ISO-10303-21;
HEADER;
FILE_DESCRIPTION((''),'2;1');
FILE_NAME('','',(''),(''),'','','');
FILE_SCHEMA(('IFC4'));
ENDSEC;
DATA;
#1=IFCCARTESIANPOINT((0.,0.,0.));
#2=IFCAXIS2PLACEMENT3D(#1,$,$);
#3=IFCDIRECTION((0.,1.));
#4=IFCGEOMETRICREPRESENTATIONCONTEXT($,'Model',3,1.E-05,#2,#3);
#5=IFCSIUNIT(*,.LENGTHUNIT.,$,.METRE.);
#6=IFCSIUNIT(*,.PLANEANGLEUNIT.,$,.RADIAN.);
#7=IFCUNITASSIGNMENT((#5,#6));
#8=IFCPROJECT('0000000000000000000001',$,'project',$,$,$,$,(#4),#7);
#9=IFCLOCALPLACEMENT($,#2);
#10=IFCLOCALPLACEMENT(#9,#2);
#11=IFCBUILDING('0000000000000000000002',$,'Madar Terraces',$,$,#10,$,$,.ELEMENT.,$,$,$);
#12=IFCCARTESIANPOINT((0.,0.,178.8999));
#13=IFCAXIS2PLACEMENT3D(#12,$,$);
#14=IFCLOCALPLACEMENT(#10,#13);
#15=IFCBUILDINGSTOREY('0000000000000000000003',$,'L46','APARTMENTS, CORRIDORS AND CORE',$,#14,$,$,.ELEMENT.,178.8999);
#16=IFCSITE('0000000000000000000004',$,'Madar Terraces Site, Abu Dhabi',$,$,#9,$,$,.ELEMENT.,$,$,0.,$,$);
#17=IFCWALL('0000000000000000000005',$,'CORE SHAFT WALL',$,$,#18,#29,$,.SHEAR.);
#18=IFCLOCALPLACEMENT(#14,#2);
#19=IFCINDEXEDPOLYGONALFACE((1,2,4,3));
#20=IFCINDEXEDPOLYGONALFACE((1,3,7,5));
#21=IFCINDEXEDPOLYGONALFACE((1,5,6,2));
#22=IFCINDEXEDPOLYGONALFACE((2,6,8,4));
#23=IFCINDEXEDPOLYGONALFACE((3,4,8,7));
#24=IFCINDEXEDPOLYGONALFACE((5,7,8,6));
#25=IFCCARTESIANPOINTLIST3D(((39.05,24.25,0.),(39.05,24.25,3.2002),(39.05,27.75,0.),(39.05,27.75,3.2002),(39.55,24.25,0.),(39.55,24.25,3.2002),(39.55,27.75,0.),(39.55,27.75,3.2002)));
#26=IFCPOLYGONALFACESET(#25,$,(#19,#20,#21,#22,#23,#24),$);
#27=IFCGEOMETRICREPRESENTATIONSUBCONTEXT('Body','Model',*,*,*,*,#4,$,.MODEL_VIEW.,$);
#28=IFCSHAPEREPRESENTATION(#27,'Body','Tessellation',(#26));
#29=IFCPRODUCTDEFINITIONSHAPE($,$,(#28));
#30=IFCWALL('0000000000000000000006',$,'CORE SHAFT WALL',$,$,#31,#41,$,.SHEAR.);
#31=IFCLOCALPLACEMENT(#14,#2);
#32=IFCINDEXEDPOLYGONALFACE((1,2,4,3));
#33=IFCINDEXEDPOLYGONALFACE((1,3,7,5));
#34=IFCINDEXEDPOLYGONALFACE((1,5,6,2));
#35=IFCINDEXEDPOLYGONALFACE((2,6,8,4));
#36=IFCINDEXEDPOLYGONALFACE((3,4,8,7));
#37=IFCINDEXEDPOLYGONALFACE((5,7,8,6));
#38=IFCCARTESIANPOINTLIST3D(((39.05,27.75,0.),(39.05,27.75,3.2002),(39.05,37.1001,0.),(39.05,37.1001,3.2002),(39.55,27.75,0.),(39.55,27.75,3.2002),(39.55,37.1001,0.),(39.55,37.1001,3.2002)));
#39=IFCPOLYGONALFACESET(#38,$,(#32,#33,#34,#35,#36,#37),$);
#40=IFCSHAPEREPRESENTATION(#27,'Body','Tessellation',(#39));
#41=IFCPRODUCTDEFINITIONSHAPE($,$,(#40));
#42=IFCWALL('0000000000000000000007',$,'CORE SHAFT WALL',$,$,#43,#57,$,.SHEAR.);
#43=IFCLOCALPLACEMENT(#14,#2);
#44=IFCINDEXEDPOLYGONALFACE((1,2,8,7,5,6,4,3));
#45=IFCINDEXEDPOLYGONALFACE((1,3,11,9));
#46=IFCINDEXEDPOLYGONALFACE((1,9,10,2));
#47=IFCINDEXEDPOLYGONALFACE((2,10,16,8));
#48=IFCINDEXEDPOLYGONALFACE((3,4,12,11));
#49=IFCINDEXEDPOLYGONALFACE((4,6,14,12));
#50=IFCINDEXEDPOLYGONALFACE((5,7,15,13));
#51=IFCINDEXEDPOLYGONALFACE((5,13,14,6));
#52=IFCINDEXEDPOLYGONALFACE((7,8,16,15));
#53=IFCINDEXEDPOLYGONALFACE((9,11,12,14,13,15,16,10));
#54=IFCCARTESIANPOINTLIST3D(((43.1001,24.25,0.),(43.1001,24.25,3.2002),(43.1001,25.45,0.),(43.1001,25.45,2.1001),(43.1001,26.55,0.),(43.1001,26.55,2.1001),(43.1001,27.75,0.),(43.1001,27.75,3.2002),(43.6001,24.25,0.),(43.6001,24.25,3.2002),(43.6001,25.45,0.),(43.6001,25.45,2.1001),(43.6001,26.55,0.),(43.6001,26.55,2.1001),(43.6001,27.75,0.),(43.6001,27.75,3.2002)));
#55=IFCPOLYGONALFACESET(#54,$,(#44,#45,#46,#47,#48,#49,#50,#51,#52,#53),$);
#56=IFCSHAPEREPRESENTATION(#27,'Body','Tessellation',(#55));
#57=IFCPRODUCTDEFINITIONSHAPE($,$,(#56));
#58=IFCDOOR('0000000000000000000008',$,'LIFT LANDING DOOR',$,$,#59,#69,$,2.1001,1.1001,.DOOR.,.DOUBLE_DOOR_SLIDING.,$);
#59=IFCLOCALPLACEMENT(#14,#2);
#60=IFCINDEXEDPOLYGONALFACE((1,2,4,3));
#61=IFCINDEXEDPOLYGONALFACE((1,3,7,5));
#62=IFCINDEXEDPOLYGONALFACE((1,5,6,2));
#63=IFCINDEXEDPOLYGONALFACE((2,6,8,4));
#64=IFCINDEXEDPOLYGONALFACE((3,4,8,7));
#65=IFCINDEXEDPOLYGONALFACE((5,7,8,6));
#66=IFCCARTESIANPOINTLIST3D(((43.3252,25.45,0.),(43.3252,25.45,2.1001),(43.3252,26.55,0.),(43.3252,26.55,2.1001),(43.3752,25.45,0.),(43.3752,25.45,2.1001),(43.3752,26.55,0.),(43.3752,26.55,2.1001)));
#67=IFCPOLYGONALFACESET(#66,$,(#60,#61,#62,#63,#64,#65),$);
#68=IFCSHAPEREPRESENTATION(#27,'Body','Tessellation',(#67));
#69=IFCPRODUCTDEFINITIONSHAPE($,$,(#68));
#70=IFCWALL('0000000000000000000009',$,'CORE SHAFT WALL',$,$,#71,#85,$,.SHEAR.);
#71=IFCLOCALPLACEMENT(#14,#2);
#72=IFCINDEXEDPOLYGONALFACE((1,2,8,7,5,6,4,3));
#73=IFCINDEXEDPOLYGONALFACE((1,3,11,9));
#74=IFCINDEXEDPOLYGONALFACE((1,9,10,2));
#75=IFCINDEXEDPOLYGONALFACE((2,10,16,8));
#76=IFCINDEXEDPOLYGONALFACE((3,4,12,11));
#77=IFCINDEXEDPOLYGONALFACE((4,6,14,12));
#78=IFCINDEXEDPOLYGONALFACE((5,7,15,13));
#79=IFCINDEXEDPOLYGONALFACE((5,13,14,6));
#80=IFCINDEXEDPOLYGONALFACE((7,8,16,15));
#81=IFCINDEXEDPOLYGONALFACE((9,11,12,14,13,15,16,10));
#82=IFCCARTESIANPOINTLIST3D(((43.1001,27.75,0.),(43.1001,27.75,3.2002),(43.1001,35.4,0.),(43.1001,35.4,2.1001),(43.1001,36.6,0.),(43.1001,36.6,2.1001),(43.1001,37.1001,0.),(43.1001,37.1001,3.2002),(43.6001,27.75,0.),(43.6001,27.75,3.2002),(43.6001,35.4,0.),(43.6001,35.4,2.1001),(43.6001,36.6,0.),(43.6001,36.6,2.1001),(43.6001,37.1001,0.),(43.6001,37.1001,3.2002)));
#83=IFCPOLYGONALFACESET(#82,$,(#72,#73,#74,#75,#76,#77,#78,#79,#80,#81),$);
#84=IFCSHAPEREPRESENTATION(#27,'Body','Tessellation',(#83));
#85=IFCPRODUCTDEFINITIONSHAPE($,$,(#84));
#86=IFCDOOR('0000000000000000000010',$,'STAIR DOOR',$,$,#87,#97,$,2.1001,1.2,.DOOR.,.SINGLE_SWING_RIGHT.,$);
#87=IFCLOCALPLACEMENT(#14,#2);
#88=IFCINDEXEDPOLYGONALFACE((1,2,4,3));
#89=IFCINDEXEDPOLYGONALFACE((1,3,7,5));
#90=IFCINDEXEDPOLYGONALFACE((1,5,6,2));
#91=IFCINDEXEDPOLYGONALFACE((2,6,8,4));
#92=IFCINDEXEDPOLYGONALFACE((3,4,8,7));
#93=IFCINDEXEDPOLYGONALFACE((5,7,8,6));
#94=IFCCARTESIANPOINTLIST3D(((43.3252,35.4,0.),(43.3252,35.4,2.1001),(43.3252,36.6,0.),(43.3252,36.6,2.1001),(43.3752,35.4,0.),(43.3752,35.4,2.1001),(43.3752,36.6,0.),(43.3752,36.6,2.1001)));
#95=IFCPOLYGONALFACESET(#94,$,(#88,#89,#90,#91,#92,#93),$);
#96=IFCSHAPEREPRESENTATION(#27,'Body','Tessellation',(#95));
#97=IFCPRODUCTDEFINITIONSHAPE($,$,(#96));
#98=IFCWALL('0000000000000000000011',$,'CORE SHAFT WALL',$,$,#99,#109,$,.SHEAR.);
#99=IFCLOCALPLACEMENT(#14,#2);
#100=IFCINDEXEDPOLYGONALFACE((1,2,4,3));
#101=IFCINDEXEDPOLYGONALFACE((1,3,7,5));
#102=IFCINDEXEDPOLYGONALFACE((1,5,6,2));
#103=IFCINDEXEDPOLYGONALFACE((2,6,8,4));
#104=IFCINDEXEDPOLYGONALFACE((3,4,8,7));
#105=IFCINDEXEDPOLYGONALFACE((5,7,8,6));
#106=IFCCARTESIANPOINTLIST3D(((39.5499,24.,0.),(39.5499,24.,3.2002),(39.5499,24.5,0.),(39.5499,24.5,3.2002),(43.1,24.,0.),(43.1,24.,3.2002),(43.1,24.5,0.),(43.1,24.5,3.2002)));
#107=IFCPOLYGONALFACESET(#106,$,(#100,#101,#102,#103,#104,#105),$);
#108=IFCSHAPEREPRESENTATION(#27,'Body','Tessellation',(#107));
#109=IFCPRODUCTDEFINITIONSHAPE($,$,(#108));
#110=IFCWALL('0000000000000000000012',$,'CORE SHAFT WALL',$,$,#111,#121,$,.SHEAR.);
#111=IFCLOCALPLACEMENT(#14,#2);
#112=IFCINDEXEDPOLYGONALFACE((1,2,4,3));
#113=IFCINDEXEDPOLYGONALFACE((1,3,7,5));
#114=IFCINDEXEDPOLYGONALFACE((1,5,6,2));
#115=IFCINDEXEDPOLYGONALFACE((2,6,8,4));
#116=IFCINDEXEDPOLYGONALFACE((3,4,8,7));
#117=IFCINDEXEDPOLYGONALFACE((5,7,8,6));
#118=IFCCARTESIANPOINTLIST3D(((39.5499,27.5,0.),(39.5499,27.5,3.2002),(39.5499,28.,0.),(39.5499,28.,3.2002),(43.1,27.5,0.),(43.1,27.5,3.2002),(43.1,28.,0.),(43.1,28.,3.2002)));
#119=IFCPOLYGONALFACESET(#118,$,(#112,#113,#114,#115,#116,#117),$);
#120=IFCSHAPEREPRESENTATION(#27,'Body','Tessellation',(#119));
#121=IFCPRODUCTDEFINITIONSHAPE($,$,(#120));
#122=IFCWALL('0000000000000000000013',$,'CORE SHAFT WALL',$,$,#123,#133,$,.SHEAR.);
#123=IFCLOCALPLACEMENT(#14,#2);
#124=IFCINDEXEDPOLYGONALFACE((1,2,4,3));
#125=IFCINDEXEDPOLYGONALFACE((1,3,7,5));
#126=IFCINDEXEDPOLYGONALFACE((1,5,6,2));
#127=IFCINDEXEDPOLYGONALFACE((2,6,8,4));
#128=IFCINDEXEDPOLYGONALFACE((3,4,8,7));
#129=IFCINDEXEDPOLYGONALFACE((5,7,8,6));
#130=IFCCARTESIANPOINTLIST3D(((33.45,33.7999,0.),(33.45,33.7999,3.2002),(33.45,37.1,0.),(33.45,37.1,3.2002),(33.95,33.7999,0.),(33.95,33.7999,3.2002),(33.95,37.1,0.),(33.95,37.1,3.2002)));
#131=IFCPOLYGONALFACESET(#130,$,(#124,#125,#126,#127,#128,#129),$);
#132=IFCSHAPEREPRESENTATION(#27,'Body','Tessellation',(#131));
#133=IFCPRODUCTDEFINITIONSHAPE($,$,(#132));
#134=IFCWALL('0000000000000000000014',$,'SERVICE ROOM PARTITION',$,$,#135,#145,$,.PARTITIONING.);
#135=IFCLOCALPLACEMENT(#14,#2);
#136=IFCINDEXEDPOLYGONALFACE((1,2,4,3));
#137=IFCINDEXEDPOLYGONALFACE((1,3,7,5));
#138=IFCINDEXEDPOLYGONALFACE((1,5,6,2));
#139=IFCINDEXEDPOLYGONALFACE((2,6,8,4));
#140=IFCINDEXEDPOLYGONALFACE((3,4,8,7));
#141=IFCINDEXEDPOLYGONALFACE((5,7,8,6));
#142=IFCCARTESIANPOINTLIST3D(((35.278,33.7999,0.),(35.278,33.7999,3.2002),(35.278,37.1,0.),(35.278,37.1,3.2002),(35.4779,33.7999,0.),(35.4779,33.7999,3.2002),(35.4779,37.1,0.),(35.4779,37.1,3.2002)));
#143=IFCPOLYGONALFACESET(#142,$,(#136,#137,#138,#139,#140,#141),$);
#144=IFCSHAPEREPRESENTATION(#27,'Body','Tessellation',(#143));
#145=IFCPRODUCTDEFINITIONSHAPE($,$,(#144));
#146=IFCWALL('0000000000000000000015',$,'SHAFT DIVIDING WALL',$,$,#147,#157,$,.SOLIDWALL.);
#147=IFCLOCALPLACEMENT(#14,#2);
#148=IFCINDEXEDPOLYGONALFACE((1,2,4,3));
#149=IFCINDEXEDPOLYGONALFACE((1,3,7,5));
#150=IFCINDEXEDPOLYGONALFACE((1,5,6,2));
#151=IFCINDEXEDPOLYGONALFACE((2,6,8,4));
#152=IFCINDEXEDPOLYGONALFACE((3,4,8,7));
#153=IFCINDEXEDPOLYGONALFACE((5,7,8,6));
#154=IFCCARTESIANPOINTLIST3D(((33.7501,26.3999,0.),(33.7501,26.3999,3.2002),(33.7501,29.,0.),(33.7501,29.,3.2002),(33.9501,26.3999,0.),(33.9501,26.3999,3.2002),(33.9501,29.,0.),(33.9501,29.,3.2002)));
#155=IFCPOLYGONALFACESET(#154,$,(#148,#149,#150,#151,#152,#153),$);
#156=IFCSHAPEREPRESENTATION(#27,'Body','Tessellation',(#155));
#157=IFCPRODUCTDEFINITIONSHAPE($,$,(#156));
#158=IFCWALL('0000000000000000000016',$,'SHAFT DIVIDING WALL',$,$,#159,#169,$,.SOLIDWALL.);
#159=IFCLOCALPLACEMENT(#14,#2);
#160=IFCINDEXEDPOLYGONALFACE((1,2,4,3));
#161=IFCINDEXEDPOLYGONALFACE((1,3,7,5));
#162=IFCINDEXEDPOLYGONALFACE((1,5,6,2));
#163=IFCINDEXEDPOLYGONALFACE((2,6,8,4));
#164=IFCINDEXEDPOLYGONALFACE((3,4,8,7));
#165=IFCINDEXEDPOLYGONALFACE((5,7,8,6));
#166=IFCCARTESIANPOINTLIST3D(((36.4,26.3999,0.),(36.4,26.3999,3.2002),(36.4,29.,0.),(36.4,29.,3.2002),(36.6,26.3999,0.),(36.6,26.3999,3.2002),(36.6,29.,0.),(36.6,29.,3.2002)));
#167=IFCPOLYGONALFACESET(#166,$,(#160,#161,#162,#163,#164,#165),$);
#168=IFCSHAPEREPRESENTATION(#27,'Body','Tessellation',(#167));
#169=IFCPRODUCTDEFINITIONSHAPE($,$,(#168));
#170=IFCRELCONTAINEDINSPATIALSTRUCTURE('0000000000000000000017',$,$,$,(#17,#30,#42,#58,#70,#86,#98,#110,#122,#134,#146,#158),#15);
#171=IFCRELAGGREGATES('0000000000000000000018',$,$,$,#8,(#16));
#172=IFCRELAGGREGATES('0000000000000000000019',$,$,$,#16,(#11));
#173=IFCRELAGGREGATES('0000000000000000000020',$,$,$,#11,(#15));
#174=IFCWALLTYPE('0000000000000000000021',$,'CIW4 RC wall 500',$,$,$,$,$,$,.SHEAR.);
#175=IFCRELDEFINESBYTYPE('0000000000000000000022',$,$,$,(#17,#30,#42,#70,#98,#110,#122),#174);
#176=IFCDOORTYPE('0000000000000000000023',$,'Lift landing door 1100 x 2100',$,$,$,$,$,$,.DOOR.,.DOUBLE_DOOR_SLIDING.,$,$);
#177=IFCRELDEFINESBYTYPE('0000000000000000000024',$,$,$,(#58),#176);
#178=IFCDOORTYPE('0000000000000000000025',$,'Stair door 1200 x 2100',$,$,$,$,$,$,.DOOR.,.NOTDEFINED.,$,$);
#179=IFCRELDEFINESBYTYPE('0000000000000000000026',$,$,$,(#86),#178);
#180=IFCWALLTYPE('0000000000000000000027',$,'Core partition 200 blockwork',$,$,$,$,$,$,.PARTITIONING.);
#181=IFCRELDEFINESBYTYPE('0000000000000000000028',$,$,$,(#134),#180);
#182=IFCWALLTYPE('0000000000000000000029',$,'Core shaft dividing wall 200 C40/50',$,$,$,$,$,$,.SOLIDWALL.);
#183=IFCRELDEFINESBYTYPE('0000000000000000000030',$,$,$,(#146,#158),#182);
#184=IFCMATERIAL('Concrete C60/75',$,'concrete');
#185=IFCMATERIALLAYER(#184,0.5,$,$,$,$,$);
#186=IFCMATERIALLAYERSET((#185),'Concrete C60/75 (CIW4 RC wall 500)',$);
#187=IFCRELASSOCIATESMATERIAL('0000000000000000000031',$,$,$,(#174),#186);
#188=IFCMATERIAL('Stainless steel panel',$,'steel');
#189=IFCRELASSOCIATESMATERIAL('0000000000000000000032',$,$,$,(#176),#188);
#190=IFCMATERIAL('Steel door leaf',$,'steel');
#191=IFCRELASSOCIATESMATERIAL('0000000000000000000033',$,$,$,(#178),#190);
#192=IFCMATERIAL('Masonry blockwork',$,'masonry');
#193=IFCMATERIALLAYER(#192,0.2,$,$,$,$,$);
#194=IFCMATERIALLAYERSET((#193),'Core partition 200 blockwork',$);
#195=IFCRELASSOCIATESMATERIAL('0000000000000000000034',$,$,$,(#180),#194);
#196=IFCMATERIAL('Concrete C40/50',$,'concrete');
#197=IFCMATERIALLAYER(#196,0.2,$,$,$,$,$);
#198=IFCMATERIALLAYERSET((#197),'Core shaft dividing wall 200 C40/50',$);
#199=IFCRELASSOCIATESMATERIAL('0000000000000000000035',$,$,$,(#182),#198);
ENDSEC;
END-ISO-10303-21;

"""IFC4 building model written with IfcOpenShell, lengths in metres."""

from ifc_helpers import new_model, si_unit, direction, frame, frame_2d, origin, place, context, subcontext, project, spatial, rectangle, extrude, material, layer, layer_set, type_object, element, fill, save


model = new_model("IFC4")

# Units and contexts
model_context = context("Model", 3, precision=1e-05, world=origin(), true_north=direction((0.0, 1.0)))
body_context = subcontext(model_context, "Body", "Model", "MODEL_VIEW")
ifc_project = project(units=[si_unit("LENGTHUNIT", "METRE"), si_unit("PLANEANGLEUNIT", "RADIAN")], contexts=[model_context])

# Site, building, storey
site_placement = place(None, origin())
site = spatial("IfcSite", under=ifc_project, at=site_placement, Name="Madar Terraces Site, Abu Dhabi", CompositionType="ELEMENT", RefElevation=0.0)
building_placement = place(site_placement, origin())
building = spatial("IfcBuilding", under=site, at=building_placement, Name="Madar Terraces", CompositionType="ELEMENT")
storey_placement = place(building_placement, frame((0.0, 0.0, 178.8999)))
storey = spatial("IfcBuildingStorey", under=building, at=storey_placement, Name="L46", Description="APARTMENTS, CORRIDORS AND CORE", CompositionType="ELEMENT", Elevation=178.8999)

# Walls
ifc_material_1 = material(Name="Concrete C60/75", Category="concrete")
ifc_layer_1 = layer(ifc_material_1, 0.5)
ifc_layer_set_1 = layer_set([ifc_layer_1], Name="Concrete C60/75 (CIW4 RC wall 500)")
wall_type_1 = type_object("IfcWallType", Name="CIW4 RC wall 500", PredefinedType="SHEAR", material=ifc_layer_set_1)
wall_1_placement = place(storey_placement, frame((39.3, 24.25, 0.0), z_axis=(0.0, 0.0, 1.0), x_axis=(0.0, 1.0, 0.0)))
element("IfcWall", 1, at=wall_1_placement, inside=storey, type_object=wall_type_1, Name="CORE SHAFT WALL", PredefinedType="SHEAR", context=body_context, shape_type="SweptSolid", body=[
    extrude(rectangle(XDim=3.5, YDim=0.5, at=frame_2d((1.75, 0.0))), origin(), (0.0, 0.0, 1.0), 3.2002),
])
wall_2_placement = place(storey_placement, frame((39.3, 27.75, 0.0), z_axis=(0.0, 0.0, 1.0), x_axis=(0.0, 1.0, 0.0)))
element("IfcWall", 2, at=wall_2_placement, inside=storey, type_object=wall_type_1, Name="CORE SHAFT WALL", PredefinedType="SHEAR", context=body_context, shape_type="SweptSolid", body=[
    extrude(rectangle(XDim=9.3501, YDim=0.5, at=frame_2d((4.675, 0.0))), origin(), (0.0, 0.0, 1.0), 3.2002),
])

# Walls, openings, doors
wall_3_placement = place(storey_placement, frame((43.3501, 24.25, 0.0), z_axis=(0.0, 0.0, 1.0), x_axis=(0.0, 1.0, 0.0)))
wall_3 = element("IfcWall", 3, at=wall_3_placement, inside=storey, type_object=wall_type_1, Name="CORE SHAFT WALL", PredefinedType="SHEAR", context=body_context, shape_type="SweptSolid", body=[
    extrude(rectangle(XDim=3.5, YDim=0.5, at=frame_2d((1.75, 0.0))), origin(), (0.0, 0.0, 1.0), 3.2002),
])
opening_1_placement = place(wall_3_placement, frame((1.2, 0.0, 0.0)))
opening_1 = element("IfcOpeningElement", 4, at=opening_1_placement, cuts=wall_3, PredefinedType="OPENING", context=body_context, shape_type="SweptSolid", body=[
    extrude(rectangle(XDim=1.1001, YDim=2.1001, at=frame_2d((0.55, 1.05))), frame((0.0, 0.26, 0.0), z_axis=(0.0, -1.0, 0.0), x_axis=(1.0, 0.0, 0.0)), (0.0, 0.0, 1.0), 0.52),
])
ifc_material_2 = material(Name="Stainless steel panel", Category="steel")
door_type_1 = type_object("IfcDoorType", Name="Lift landing door 1100 x 2100", OperationType="DOUBLE_DOOR_SLIDING", PredefinedType="DOOR", material=ifc_material_2)
door_1_placement = place(opening_1_placement, origin())
door_1 = element("IfcDoor", 5, at=door_1_placement, inside=storey, type_object=door_type_1, Name="LIFT LANDING DOOR", OperationType="DOUBLE_DOOR_SLIDING", OverallHeight=2.1001, OverallWidth=1.1001, PredefinedType="DOOR", context=body_context, shape_type="SweptSolid", body=[
    extrude(rectangle(XDim=1.1001, YDim=2.1001, at=frame_2d((0.55, 1.05))), frame((0.0, 0.0249, 0.0), z_axis=(0.0, -1.0, 0.0), x_axis=(1.0, 0.0, 0.0)), (0.0, 0.0, 1.0), 0.05),
])
fill(opening_1, door_1)
wall_4_placement = place(storey_placement, frame((43.3501, 27.75, 0.0), z_axis=(0.0, 0.0, 1.0), x_axis=(0.0, 1.0, 0.0)))
wall_4 = element("IfcWall", 6, at=wall_4_placement, inside=storey, type_object=wall_type_1, Name="CORE SHAFT WALL", PredefinedType="SHEAR", context=body_context, shape_type="SweptSolid", body=[
    extrude(rectangle(XDim=9.3501, YDim=0.5, at=frame_2d((4.675, 0.0))), origin(), (0.0, 0.0, 1.0), 3.2002),
])
opening_2_placement = place(wall_4_placement, frame((7.6499, 0.0, 0.0)))
opening_2 = element("IfcOpeningElement", 7, at=opening_2_placement, cuts=wall_4, PredefinedType="OPENING", context=body_context, shape_type="SweptSolid", body=[
    extrude(rectangle(XDim=1.2, YDim=2.1001, at=frame_2d((0.6001, 1.05))), frame((0.0, 0.26, 0.0), z_axis=(0.0, -1.0, 0.0), x_axis=(1.0, 0.0, 0.0)), (0.0, 0.0, 1.0), 0.52),
])
ifc_material_3 = material(Name="Steel door leaf", Category="steel")
door_type_2 = type_object("IfcDoorType", Name="Stair door 1200 x 2100", OperationType="NOTDEFINED", PredefinedType="DOOR", material=ifc_material_3)
door_2_placement = place(opening_2_placement, origin())
door_2 = element("IfcDoor", 8, at=door_2_placement, inside=storey, type_object=door_type_2, Name="STAIR DOOR", OperationType="SINGLE_SWING_RIGHT", OverallHeight=2.1001, OverallWidth=1.2, PredefinedType="DOOR", context=body_context, shape_type="SweptSolid", body=[
    extrude(rectangle(XDim=1.2, YDim=2.1001, at=frame_2d((0.6001, 1.05))), frame((0.0, 0.0249, 0.0), z_axis=(0.0, -1.0, 0.0), x_axis=(1.0, 0.0, 0.0)), (0.0, 0.0, 1.0), 0.05),
])
fill(opening_2, door_2)

# Walls
for number, where, z_axis, x_axis, name in (
    (9, (39.55, 24.25, 0.0), (0.0, 0.0, 1.0), (1.0, 0.0, 0.0), "CORE SHAFT WALL"),
    (10, (39.55, 27.75, 0.0), (0.0, 0.0, 1.0), (1.0, 0.0, 0.0), "CORE SHAFT WALL"),
):
    element("IfcWall", number, at=place(storey_placement, frame(where, z_axis=z_axis, x_axis=x_axis)), inside=storey, type_object=wall_type_1, Name=name, PredefinedType="SHEAR", context=body_context, shape_type="SweptSolid", body=[
        extrude(rectangle(XDim=3.55, YDim=0.5, at=frame_2d((1.7749, 0.0))), origin(), (0.0, 0.0, 1.0), 3.2002),
    ])
wall_5_placement = place(storey_placement, frame((33.7, 33.8, 0.0), z_axis=(0.0, 0.0, 1.0), x_axis=(0.0, 1.0, 0.0)))
element("IfcWall", 11, at=wall_5_placement, inside=storey, type_object=wall_type_1, Name="CORE SHAFT WALL", PredefinedType="SHEAR", context=body_context, shape_type="SweptSolid", body=[
    extrude(rectangle(XDim=3.3, YDim=0.5, at=frame_2d((1.6499, 0.0))), origin(), (0.0, 0.0, 1.0), 3.2002),
])
ifc_material_4 = material(Name="Masonry blockwork", Category="masonry")
ifc_layer_2 = layer(ifc_material_4, 0.2)
ifc_layer_set_2 = layer_set([ifc_layer_2], Name="Core partition 200 blockwork")
wall_type_2 = type_object("IfcWallType", Name="Core partition 200 blockwork", PredefinedType="PARTITIONING", material=ifc_layer_set_2)
wall_6_placement = place(storey_placement, frame((35.3779, 33.8, 0.0), z_axis=(0.0, 0.0, 1.0), x_axis=(0.0, 1.0, 0.0)))
element("IfcWall", 12, at=wall_6_placement, inside=storey, type_object=wall_type_2, Name="SERVICE ROOM PARTITION", PredefinedType="PARTITIONING", context=body_context, shape_type="SweptSolid", body=[
    extrude(rectangle(XDim=3.3, YDim=0.2, at=frame_2d((1.6499, 0.0))), origin(), (0.0, 0.0, 1.0), 3.2002),
])
ifc_material_5 = material(Name="Concrete C40/50", Category="concrete")
ifc_layer_3 = layer(ifc_material_5, 0.2)
ifc_layer_set_3 = layer_set([ifc_layer_3], Name="Core shaft dividing wall 200 C40/50")
wall_type_3 = type_object("IfcWallType", Name="Core shaft dividing wall 200 C40/50", PredefinedType="SOLIDWALL", material=ifc_layer_set_3)
for number, where, z_axis, x_axis, name in (
    (13, (33.8501, 26.3999, 0.0), (0.0, 0.0, 1.0), (0.0, 1.0, 0.0), "SHAFT DIVIDING WALL"),
    (14, (36.5, 26.3999, 0.0), (0.0, 0.0, 1.0), (0.0, 1.0, 0.0), "SHAFT DIVIDING WALL"),
):
    element("IfcWall", number, at=place(storey_placement, frame(where, z_axis=z_axis, x_axis=x_axis)), inside=storey, type_object=wall_type_3, Name=name, PredefinedType="SOLIDWALL", context=body_context, shape_type="SweptSolid", body=[
        extrude(rectangle(XDim=2.6001, YDim=0.2, at=frame_2d((1.3, 0.0))), origin(), (0.0, 0.0, 1.0), 3.2002),
    ])

save(model, "model.ifc")
